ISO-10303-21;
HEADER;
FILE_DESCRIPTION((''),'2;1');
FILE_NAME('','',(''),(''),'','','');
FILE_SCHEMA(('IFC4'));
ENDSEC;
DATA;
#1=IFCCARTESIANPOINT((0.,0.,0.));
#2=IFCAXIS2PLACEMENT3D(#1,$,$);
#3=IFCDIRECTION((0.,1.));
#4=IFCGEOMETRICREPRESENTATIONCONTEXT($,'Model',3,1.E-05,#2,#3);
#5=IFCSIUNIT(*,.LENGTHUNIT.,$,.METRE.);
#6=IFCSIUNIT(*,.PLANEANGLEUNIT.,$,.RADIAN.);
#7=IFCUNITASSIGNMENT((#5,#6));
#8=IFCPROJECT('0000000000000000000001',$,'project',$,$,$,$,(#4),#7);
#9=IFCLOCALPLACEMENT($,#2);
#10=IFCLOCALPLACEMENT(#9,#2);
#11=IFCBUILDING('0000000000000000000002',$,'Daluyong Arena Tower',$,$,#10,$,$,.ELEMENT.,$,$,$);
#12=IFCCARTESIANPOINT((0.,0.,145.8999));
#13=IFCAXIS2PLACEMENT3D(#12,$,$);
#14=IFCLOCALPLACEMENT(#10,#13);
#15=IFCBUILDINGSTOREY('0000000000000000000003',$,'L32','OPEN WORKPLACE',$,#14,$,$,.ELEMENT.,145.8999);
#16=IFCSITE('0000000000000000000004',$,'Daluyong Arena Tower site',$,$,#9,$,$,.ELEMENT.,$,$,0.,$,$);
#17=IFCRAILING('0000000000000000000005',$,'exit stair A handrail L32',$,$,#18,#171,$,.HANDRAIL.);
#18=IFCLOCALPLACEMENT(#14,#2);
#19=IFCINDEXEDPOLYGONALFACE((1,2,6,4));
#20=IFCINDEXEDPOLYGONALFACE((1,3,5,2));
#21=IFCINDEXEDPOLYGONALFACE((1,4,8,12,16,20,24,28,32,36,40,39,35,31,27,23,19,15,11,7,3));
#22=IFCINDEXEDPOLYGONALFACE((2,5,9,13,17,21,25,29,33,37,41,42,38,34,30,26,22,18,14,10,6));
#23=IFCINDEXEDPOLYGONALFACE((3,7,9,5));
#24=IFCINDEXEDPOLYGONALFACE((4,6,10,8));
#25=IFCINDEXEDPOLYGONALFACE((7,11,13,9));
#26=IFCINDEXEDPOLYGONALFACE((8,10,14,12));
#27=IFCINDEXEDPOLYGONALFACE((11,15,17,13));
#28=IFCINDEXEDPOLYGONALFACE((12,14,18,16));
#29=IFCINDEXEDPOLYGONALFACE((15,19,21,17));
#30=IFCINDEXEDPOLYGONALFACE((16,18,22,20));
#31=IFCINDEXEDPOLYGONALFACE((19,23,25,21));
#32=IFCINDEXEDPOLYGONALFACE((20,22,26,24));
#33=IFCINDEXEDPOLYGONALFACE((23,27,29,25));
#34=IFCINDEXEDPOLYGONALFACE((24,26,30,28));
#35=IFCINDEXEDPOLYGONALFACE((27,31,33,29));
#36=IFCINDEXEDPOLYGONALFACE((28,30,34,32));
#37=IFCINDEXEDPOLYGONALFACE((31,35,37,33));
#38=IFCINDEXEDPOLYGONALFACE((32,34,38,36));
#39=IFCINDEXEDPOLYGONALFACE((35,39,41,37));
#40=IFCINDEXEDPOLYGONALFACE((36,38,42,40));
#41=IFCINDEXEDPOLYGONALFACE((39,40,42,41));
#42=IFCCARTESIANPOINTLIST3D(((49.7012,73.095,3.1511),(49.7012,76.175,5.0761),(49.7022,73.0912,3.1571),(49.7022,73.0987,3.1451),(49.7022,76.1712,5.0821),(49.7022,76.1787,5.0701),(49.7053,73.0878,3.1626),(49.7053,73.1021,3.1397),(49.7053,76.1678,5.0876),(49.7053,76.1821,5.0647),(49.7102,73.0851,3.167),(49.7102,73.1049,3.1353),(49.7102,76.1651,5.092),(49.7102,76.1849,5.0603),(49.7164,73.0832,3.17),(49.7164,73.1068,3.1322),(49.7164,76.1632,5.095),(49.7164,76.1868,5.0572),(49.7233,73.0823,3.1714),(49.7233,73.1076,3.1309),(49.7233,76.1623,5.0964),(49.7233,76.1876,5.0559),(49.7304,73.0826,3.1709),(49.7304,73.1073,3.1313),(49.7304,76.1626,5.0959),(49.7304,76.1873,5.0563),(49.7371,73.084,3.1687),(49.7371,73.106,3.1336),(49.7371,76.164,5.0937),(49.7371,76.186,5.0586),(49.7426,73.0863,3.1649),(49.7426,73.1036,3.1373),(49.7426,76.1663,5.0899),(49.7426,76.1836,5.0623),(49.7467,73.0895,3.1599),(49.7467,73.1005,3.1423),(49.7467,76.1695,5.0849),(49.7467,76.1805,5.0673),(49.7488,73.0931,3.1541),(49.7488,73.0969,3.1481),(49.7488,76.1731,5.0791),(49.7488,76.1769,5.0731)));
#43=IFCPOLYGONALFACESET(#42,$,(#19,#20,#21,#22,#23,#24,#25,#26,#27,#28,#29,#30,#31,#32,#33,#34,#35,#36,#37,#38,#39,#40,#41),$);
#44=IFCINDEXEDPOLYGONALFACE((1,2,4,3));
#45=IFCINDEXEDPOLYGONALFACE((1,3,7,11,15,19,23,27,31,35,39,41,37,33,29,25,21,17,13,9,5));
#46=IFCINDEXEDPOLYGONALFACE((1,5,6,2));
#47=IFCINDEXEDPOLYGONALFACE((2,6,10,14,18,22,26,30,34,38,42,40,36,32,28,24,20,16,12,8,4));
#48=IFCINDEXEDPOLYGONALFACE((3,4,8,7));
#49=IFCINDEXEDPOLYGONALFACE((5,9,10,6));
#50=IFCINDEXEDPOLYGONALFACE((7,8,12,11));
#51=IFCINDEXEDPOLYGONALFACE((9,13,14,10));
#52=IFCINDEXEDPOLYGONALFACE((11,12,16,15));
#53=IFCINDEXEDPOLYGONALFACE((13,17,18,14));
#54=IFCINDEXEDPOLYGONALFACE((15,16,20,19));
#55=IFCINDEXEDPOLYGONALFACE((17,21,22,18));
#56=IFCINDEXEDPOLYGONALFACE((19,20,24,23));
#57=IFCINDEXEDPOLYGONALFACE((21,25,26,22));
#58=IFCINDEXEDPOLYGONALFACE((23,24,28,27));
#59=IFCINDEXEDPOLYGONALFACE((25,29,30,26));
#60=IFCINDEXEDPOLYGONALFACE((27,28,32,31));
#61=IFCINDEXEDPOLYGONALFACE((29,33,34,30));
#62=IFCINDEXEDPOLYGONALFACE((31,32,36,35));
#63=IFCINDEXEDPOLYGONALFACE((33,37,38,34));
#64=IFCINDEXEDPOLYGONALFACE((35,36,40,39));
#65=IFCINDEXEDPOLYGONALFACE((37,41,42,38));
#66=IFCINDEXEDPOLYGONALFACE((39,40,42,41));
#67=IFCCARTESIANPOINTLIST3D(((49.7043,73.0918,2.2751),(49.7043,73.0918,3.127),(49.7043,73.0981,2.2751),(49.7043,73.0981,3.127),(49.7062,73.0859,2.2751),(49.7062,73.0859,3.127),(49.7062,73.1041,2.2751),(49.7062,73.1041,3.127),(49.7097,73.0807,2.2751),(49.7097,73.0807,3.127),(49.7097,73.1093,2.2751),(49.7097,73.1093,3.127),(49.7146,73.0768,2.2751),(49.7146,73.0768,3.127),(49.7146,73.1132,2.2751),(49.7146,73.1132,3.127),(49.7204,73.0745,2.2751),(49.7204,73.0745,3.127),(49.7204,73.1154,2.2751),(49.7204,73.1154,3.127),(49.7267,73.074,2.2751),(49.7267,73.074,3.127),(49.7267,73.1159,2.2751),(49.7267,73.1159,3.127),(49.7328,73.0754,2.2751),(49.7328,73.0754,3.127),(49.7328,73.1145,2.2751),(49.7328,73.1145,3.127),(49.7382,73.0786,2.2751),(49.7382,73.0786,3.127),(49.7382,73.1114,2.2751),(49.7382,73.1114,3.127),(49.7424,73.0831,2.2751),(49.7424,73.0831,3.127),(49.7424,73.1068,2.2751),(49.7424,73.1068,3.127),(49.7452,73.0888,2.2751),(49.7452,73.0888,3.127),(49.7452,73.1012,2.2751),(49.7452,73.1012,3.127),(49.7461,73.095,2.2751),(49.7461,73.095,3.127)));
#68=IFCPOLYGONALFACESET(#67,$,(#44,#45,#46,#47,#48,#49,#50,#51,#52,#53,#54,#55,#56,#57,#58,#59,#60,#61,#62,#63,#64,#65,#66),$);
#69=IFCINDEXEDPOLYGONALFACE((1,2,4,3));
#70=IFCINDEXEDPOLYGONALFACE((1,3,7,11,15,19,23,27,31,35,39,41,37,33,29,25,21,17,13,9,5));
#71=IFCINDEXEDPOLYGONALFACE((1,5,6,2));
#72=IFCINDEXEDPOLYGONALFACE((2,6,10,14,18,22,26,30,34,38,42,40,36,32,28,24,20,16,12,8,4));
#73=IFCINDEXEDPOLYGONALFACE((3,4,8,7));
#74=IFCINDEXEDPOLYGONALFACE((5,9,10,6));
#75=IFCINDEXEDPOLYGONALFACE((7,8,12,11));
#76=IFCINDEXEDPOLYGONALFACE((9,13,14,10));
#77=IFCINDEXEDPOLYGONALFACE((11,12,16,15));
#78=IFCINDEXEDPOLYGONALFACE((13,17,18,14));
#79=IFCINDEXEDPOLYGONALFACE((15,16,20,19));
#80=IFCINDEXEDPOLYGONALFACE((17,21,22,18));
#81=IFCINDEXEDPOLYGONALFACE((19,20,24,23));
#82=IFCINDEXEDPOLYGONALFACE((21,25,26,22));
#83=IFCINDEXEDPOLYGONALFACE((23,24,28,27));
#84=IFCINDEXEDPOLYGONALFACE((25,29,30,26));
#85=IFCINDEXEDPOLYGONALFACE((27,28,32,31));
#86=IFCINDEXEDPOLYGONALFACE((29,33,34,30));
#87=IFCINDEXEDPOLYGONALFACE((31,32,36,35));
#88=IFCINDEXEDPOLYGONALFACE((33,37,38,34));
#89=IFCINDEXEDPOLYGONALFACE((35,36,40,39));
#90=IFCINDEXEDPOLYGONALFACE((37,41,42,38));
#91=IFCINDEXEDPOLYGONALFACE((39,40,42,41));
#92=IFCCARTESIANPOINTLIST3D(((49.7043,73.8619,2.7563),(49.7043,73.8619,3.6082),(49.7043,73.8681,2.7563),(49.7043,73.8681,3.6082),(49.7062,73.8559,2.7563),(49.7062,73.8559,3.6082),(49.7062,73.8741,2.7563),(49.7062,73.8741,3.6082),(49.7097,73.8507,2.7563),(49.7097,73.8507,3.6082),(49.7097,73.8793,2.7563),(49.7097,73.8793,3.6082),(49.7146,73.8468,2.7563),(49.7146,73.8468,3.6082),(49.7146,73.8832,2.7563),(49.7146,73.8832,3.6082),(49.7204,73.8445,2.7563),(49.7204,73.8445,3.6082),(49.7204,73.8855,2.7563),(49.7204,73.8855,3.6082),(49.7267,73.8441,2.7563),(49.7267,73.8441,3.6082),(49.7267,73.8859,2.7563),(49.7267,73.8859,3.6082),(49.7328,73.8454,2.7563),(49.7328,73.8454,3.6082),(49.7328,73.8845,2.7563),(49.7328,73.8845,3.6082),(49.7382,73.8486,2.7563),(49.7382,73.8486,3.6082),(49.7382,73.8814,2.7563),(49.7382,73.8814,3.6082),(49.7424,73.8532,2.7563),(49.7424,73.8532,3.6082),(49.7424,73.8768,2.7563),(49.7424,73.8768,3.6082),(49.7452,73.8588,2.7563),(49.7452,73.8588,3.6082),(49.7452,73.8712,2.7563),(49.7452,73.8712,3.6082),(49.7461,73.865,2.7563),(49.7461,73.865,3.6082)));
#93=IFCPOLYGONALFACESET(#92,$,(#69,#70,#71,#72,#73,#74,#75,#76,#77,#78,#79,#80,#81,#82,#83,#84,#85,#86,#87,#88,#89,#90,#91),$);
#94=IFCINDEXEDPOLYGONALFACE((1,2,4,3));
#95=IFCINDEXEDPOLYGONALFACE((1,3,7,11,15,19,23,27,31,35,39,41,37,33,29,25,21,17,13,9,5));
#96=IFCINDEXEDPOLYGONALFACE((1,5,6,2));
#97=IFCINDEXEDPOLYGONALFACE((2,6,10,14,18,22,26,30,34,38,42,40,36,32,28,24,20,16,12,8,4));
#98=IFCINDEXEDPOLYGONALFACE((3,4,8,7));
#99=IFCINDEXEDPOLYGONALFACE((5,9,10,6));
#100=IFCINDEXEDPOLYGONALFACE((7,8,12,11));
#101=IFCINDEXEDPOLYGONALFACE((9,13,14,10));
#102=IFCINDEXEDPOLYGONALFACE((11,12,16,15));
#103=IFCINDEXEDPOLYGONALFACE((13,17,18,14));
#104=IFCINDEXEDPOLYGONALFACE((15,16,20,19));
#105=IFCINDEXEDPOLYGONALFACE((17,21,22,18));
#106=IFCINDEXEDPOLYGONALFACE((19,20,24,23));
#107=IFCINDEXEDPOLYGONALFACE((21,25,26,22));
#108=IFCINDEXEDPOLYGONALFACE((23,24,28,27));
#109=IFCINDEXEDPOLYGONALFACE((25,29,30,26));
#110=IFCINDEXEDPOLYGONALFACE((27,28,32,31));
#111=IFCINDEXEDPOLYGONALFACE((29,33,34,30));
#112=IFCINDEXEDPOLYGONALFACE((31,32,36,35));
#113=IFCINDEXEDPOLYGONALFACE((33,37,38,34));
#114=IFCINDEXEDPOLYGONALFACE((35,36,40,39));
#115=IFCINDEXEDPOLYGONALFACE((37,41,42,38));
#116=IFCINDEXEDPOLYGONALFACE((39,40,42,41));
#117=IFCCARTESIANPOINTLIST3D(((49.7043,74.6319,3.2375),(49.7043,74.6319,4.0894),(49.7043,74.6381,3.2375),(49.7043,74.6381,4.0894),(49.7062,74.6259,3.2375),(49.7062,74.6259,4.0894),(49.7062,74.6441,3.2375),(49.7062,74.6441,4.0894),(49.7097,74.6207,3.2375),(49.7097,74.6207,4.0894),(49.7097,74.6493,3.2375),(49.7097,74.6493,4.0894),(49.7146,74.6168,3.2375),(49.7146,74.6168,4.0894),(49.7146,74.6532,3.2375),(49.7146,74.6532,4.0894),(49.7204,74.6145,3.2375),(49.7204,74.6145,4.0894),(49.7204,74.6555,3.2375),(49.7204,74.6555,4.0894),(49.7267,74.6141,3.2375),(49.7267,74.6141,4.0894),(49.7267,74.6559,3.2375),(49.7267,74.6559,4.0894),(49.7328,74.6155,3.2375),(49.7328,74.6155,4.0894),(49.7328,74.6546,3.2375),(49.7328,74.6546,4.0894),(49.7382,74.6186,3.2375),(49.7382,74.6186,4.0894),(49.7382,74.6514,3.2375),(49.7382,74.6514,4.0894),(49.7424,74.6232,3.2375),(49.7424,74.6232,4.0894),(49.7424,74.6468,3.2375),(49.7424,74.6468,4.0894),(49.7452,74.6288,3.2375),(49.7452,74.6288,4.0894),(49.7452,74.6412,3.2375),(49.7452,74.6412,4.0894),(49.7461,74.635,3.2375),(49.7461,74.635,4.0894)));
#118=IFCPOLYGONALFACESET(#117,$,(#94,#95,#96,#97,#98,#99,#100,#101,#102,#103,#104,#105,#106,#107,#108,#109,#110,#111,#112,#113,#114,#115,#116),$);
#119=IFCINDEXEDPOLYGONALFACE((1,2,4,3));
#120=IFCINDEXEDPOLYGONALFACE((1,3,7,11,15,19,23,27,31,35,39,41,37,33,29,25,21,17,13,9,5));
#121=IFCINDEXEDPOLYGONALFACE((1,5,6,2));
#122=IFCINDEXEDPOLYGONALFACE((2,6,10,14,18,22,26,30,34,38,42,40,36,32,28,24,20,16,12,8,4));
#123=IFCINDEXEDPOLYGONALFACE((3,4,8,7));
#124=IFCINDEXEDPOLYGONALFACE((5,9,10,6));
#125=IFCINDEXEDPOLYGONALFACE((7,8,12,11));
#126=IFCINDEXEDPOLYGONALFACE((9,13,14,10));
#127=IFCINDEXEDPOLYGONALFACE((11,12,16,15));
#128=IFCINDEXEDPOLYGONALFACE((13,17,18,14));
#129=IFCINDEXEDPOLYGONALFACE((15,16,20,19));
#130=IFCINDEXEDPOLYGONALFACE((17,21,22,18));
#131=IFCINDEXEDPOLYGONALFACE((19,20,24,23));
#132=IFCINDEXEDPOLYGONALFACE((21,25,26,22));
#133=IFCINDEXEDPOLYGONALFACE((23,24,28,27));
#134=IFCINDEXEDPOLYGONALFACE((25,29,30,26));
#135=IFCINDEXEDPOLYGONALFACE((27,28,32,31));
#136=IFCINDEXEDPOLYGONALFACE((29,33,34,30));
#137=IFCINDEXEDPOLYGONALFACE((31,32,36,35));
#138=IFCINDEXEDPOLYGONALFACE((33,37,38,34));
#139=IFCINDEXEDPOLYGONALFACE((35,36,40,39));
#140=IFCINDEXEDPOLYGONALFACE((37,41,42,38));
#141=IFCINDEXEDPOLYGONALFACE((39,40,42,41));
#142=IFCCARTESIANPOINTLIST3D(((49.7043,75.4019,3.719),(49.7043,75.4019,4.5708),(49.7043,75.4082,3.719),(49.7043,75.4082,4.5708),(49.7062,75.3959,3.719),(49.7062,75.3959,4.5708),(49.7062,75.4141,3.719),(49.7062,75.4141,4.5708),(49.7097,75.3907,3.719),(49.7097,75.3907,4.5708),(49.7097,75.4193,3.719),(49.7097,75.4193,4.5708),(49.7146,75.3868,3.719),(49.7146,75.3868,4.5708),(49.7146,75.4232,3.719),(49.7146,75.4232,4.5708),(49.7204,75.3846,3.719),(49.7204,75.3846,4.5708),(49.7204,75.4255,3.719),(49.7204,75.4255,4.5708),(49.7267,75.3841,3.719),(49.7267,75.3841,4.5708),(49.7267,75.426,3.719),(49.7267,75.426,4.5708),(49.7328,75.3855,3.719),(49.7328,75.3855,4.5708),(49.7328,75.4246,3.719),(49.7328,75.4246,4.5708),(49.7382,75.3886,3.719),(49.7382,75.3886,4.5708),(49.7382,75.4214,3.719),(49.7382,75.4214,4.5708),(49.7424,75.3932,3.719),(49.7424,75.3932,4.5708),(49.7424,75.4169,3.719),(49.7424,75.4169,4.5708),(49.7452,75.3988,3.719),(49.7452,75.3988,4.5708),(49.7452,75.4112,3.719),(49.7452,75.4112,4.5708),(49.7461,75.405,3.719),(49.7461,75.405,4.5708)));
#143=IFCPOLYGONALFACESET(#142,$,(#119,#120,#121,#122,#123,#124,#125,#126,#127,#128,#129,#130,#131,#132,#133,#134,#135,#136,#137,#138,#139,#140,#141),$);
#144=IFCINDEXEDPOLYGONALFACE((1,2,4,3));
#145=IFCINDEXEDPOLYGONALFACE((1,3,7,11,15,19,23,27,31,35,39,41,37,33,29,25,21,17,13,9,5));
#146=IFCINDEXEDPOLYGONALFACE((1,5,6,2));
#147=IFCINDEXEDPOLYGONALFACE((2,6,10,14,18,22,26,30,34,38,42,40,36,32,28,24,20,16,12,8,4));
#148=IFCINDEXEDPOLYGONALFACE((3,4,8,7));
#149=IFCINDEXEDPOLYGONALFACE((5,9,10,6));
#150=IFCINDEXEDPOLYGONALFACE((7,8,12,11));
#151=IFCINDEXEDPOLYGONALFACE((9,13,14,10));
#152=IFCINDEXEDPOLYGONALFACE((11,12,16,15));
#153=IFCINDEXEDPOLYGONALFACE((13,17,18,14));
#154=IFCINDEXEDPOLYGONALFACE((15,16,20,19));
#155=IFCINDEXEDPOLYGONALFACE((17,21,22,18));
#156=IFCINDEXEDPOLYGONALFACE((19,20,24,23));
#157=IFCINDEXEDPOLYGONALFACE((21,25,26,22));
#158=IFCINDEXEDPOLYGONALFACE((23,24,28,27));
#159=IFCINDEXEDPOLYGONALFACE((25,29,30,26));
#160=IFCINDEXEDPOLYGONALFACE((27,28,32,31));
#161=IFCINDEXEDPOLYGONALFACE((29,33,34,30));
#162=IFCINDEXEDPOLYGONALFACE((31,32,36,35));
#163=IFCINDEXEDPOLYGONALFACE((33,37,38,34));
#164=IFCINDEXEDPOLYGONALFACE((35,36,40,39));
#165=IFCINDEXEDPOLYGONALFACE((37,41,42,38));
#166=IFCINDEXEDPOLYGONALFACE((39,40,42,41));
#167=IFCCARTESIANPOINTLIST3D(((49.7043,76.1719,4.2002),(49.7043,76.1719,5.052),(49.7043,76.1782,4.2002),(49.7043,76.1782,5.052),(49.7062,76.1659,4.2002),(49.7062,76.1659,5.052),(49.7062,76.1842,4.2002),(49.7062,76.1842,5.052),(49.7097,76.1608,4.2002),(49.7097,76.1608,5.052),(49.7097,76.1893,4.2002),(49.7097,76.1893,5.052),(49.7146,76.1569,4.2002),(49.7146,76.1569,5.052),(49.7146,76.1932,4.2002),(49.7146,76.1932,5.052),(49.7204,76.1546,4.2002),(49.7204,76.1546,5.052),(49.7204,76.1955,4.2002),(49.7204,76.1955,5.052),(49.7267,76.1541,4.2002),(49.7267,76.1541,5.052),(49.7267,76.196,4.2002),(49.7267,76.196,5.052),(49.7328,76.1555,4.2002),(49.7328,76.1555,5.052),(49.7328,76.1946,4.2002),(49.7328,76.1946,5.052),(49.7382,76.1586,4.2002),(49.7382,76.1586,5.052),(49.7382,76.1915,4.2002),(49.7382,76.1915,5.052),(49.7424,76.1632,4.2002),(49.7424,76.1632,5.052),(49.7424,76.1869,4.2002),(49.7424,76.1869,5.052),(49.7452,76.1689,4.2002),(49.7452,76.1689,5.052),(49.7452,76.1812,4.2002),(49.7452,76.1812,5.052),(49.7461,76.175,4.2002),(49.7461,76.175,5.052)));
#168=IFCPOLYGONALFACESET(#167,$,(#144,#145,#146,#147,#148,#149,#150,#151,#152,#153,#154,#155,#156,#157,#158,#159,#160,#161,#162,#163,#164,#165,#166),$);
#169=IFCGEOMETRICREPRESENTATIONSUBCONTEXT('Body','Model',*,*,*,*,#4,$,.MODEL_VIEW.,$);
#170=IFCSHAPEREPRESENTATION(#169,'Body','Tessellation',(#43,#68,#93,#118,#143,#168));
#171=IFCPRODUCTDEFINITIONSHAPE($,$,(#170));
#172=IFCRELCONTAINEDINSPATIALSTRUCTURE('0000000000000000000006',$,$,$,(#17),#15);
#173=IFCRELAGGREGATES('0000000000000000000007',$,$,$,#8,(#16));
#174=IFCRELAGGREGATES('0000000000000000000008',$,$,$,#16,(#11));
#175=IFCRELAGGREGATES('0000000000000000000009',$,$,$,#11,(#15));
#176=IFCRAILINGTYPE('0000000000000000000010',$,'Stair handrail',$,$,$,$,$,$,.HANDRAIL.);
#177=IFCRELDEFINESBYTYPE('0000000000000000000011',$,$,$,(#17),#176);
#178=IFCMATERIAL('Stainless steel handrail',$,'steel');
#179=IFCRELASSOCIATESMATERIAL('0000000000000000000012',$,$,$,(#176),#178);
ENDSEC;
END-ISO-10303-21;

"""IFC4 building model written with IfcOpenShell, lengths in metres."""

from ifc_helpers import new_model, si_unit, direction, frame, origin, origin_2d, place, context, subcontext, project, spatial, circle, extrude, material, type_object, element, save


model = new_model("IFC4")

# Units and contexts
model_context = context("Model", 3, precision=1e-05, world=origin(), true_north=direction((0.0, 1.0)))
body_context = subcontext(model_context, "Body", "Model", "MODEL_VIEW")
ifc_project = project(units=[si_unit("LENGTHUNIT", "METRE"), si_unit("PLANEANGLEUNIT", "RADIAN")], contexts=[model_context])

# Site, building, storey
site_placement = place(None, origin())
site = spatial("IfcSite", under=ifc_project, at=site_placement, Name="Daluyong Arena Tower site", CompositionType="ELEMENT", RefElevation=0.0)
building_placement = place(site_placement, origin())
building = spatial("IfcBuilding", under=site, at=building_placement, Name="Daluyong Arena Tower", CompositionType="ELEMENT")
storey_placement = place(building_placement, frame((0.0, 0.0, 145.8999)))
storey = spatial("IfcBuildingStorey", under=building, at=storey_placement, Name="L32", Description="OPEN WORKPLACE", CompositionType="ELEMENT", Elevation=145.8999)

# Railing
ifc_material_1 = material(Name="Stainless steel handrail", Category="steel")
railing_type = type_object("IfcRailingType", Name="Stair handrail", PredefinedType="HANDRAIL", material=ifc_material_1)
railing_placement = place(storey_placement, frame((49.7251, 73.095, 2.2751)))
element("IfcRailing", 1, at=railing_placement, inside=storey, type_object=railing_type, Name="exit stair A handrail L32", PredefinedType="HANDRAIL", context=body_context, shape_type="SweptSolid", body=[
    extrude(circle(Radius=0.0239, at=origin_2d()), frame((0.0, 0.0, 0.876), z_axis=(0.0, 0.847998, 0.529999), x_axis=(-1.0, 0.0, 0.0)), (0.0, 0.0, 1.0), 3.6321),
    extrude(circle(Radius=0.021, at=origin_2d()), origin(), (0.0, 0.0, 1.0), 0.8518),
    extrude(circle(Radius=0.021, at=origin_2d()), frame((0.0, 0.77, 0.4812)), (0.0, 0.0, 1.0), 0.8518),
    extrude(circle(Radius=0.021, at=origin_2d()), frame((0.0, 1.54, 0.9624)), (0.0, 0.0, 1.0), 0.8518),
    extrude(circle(Radius=0.021, at=origin_2d()), frame((0.0, 2.3101, 1.4438)), (0.0, 0.0, 1.0), 0.8518),
    extrude(circle(Radius=0.021, at=origin_2d()), frame((0.0, 3.0801, 1.925)), (0.0, 0.0, 1.0), 0.8518),
])

save(model, "model.ifc")
